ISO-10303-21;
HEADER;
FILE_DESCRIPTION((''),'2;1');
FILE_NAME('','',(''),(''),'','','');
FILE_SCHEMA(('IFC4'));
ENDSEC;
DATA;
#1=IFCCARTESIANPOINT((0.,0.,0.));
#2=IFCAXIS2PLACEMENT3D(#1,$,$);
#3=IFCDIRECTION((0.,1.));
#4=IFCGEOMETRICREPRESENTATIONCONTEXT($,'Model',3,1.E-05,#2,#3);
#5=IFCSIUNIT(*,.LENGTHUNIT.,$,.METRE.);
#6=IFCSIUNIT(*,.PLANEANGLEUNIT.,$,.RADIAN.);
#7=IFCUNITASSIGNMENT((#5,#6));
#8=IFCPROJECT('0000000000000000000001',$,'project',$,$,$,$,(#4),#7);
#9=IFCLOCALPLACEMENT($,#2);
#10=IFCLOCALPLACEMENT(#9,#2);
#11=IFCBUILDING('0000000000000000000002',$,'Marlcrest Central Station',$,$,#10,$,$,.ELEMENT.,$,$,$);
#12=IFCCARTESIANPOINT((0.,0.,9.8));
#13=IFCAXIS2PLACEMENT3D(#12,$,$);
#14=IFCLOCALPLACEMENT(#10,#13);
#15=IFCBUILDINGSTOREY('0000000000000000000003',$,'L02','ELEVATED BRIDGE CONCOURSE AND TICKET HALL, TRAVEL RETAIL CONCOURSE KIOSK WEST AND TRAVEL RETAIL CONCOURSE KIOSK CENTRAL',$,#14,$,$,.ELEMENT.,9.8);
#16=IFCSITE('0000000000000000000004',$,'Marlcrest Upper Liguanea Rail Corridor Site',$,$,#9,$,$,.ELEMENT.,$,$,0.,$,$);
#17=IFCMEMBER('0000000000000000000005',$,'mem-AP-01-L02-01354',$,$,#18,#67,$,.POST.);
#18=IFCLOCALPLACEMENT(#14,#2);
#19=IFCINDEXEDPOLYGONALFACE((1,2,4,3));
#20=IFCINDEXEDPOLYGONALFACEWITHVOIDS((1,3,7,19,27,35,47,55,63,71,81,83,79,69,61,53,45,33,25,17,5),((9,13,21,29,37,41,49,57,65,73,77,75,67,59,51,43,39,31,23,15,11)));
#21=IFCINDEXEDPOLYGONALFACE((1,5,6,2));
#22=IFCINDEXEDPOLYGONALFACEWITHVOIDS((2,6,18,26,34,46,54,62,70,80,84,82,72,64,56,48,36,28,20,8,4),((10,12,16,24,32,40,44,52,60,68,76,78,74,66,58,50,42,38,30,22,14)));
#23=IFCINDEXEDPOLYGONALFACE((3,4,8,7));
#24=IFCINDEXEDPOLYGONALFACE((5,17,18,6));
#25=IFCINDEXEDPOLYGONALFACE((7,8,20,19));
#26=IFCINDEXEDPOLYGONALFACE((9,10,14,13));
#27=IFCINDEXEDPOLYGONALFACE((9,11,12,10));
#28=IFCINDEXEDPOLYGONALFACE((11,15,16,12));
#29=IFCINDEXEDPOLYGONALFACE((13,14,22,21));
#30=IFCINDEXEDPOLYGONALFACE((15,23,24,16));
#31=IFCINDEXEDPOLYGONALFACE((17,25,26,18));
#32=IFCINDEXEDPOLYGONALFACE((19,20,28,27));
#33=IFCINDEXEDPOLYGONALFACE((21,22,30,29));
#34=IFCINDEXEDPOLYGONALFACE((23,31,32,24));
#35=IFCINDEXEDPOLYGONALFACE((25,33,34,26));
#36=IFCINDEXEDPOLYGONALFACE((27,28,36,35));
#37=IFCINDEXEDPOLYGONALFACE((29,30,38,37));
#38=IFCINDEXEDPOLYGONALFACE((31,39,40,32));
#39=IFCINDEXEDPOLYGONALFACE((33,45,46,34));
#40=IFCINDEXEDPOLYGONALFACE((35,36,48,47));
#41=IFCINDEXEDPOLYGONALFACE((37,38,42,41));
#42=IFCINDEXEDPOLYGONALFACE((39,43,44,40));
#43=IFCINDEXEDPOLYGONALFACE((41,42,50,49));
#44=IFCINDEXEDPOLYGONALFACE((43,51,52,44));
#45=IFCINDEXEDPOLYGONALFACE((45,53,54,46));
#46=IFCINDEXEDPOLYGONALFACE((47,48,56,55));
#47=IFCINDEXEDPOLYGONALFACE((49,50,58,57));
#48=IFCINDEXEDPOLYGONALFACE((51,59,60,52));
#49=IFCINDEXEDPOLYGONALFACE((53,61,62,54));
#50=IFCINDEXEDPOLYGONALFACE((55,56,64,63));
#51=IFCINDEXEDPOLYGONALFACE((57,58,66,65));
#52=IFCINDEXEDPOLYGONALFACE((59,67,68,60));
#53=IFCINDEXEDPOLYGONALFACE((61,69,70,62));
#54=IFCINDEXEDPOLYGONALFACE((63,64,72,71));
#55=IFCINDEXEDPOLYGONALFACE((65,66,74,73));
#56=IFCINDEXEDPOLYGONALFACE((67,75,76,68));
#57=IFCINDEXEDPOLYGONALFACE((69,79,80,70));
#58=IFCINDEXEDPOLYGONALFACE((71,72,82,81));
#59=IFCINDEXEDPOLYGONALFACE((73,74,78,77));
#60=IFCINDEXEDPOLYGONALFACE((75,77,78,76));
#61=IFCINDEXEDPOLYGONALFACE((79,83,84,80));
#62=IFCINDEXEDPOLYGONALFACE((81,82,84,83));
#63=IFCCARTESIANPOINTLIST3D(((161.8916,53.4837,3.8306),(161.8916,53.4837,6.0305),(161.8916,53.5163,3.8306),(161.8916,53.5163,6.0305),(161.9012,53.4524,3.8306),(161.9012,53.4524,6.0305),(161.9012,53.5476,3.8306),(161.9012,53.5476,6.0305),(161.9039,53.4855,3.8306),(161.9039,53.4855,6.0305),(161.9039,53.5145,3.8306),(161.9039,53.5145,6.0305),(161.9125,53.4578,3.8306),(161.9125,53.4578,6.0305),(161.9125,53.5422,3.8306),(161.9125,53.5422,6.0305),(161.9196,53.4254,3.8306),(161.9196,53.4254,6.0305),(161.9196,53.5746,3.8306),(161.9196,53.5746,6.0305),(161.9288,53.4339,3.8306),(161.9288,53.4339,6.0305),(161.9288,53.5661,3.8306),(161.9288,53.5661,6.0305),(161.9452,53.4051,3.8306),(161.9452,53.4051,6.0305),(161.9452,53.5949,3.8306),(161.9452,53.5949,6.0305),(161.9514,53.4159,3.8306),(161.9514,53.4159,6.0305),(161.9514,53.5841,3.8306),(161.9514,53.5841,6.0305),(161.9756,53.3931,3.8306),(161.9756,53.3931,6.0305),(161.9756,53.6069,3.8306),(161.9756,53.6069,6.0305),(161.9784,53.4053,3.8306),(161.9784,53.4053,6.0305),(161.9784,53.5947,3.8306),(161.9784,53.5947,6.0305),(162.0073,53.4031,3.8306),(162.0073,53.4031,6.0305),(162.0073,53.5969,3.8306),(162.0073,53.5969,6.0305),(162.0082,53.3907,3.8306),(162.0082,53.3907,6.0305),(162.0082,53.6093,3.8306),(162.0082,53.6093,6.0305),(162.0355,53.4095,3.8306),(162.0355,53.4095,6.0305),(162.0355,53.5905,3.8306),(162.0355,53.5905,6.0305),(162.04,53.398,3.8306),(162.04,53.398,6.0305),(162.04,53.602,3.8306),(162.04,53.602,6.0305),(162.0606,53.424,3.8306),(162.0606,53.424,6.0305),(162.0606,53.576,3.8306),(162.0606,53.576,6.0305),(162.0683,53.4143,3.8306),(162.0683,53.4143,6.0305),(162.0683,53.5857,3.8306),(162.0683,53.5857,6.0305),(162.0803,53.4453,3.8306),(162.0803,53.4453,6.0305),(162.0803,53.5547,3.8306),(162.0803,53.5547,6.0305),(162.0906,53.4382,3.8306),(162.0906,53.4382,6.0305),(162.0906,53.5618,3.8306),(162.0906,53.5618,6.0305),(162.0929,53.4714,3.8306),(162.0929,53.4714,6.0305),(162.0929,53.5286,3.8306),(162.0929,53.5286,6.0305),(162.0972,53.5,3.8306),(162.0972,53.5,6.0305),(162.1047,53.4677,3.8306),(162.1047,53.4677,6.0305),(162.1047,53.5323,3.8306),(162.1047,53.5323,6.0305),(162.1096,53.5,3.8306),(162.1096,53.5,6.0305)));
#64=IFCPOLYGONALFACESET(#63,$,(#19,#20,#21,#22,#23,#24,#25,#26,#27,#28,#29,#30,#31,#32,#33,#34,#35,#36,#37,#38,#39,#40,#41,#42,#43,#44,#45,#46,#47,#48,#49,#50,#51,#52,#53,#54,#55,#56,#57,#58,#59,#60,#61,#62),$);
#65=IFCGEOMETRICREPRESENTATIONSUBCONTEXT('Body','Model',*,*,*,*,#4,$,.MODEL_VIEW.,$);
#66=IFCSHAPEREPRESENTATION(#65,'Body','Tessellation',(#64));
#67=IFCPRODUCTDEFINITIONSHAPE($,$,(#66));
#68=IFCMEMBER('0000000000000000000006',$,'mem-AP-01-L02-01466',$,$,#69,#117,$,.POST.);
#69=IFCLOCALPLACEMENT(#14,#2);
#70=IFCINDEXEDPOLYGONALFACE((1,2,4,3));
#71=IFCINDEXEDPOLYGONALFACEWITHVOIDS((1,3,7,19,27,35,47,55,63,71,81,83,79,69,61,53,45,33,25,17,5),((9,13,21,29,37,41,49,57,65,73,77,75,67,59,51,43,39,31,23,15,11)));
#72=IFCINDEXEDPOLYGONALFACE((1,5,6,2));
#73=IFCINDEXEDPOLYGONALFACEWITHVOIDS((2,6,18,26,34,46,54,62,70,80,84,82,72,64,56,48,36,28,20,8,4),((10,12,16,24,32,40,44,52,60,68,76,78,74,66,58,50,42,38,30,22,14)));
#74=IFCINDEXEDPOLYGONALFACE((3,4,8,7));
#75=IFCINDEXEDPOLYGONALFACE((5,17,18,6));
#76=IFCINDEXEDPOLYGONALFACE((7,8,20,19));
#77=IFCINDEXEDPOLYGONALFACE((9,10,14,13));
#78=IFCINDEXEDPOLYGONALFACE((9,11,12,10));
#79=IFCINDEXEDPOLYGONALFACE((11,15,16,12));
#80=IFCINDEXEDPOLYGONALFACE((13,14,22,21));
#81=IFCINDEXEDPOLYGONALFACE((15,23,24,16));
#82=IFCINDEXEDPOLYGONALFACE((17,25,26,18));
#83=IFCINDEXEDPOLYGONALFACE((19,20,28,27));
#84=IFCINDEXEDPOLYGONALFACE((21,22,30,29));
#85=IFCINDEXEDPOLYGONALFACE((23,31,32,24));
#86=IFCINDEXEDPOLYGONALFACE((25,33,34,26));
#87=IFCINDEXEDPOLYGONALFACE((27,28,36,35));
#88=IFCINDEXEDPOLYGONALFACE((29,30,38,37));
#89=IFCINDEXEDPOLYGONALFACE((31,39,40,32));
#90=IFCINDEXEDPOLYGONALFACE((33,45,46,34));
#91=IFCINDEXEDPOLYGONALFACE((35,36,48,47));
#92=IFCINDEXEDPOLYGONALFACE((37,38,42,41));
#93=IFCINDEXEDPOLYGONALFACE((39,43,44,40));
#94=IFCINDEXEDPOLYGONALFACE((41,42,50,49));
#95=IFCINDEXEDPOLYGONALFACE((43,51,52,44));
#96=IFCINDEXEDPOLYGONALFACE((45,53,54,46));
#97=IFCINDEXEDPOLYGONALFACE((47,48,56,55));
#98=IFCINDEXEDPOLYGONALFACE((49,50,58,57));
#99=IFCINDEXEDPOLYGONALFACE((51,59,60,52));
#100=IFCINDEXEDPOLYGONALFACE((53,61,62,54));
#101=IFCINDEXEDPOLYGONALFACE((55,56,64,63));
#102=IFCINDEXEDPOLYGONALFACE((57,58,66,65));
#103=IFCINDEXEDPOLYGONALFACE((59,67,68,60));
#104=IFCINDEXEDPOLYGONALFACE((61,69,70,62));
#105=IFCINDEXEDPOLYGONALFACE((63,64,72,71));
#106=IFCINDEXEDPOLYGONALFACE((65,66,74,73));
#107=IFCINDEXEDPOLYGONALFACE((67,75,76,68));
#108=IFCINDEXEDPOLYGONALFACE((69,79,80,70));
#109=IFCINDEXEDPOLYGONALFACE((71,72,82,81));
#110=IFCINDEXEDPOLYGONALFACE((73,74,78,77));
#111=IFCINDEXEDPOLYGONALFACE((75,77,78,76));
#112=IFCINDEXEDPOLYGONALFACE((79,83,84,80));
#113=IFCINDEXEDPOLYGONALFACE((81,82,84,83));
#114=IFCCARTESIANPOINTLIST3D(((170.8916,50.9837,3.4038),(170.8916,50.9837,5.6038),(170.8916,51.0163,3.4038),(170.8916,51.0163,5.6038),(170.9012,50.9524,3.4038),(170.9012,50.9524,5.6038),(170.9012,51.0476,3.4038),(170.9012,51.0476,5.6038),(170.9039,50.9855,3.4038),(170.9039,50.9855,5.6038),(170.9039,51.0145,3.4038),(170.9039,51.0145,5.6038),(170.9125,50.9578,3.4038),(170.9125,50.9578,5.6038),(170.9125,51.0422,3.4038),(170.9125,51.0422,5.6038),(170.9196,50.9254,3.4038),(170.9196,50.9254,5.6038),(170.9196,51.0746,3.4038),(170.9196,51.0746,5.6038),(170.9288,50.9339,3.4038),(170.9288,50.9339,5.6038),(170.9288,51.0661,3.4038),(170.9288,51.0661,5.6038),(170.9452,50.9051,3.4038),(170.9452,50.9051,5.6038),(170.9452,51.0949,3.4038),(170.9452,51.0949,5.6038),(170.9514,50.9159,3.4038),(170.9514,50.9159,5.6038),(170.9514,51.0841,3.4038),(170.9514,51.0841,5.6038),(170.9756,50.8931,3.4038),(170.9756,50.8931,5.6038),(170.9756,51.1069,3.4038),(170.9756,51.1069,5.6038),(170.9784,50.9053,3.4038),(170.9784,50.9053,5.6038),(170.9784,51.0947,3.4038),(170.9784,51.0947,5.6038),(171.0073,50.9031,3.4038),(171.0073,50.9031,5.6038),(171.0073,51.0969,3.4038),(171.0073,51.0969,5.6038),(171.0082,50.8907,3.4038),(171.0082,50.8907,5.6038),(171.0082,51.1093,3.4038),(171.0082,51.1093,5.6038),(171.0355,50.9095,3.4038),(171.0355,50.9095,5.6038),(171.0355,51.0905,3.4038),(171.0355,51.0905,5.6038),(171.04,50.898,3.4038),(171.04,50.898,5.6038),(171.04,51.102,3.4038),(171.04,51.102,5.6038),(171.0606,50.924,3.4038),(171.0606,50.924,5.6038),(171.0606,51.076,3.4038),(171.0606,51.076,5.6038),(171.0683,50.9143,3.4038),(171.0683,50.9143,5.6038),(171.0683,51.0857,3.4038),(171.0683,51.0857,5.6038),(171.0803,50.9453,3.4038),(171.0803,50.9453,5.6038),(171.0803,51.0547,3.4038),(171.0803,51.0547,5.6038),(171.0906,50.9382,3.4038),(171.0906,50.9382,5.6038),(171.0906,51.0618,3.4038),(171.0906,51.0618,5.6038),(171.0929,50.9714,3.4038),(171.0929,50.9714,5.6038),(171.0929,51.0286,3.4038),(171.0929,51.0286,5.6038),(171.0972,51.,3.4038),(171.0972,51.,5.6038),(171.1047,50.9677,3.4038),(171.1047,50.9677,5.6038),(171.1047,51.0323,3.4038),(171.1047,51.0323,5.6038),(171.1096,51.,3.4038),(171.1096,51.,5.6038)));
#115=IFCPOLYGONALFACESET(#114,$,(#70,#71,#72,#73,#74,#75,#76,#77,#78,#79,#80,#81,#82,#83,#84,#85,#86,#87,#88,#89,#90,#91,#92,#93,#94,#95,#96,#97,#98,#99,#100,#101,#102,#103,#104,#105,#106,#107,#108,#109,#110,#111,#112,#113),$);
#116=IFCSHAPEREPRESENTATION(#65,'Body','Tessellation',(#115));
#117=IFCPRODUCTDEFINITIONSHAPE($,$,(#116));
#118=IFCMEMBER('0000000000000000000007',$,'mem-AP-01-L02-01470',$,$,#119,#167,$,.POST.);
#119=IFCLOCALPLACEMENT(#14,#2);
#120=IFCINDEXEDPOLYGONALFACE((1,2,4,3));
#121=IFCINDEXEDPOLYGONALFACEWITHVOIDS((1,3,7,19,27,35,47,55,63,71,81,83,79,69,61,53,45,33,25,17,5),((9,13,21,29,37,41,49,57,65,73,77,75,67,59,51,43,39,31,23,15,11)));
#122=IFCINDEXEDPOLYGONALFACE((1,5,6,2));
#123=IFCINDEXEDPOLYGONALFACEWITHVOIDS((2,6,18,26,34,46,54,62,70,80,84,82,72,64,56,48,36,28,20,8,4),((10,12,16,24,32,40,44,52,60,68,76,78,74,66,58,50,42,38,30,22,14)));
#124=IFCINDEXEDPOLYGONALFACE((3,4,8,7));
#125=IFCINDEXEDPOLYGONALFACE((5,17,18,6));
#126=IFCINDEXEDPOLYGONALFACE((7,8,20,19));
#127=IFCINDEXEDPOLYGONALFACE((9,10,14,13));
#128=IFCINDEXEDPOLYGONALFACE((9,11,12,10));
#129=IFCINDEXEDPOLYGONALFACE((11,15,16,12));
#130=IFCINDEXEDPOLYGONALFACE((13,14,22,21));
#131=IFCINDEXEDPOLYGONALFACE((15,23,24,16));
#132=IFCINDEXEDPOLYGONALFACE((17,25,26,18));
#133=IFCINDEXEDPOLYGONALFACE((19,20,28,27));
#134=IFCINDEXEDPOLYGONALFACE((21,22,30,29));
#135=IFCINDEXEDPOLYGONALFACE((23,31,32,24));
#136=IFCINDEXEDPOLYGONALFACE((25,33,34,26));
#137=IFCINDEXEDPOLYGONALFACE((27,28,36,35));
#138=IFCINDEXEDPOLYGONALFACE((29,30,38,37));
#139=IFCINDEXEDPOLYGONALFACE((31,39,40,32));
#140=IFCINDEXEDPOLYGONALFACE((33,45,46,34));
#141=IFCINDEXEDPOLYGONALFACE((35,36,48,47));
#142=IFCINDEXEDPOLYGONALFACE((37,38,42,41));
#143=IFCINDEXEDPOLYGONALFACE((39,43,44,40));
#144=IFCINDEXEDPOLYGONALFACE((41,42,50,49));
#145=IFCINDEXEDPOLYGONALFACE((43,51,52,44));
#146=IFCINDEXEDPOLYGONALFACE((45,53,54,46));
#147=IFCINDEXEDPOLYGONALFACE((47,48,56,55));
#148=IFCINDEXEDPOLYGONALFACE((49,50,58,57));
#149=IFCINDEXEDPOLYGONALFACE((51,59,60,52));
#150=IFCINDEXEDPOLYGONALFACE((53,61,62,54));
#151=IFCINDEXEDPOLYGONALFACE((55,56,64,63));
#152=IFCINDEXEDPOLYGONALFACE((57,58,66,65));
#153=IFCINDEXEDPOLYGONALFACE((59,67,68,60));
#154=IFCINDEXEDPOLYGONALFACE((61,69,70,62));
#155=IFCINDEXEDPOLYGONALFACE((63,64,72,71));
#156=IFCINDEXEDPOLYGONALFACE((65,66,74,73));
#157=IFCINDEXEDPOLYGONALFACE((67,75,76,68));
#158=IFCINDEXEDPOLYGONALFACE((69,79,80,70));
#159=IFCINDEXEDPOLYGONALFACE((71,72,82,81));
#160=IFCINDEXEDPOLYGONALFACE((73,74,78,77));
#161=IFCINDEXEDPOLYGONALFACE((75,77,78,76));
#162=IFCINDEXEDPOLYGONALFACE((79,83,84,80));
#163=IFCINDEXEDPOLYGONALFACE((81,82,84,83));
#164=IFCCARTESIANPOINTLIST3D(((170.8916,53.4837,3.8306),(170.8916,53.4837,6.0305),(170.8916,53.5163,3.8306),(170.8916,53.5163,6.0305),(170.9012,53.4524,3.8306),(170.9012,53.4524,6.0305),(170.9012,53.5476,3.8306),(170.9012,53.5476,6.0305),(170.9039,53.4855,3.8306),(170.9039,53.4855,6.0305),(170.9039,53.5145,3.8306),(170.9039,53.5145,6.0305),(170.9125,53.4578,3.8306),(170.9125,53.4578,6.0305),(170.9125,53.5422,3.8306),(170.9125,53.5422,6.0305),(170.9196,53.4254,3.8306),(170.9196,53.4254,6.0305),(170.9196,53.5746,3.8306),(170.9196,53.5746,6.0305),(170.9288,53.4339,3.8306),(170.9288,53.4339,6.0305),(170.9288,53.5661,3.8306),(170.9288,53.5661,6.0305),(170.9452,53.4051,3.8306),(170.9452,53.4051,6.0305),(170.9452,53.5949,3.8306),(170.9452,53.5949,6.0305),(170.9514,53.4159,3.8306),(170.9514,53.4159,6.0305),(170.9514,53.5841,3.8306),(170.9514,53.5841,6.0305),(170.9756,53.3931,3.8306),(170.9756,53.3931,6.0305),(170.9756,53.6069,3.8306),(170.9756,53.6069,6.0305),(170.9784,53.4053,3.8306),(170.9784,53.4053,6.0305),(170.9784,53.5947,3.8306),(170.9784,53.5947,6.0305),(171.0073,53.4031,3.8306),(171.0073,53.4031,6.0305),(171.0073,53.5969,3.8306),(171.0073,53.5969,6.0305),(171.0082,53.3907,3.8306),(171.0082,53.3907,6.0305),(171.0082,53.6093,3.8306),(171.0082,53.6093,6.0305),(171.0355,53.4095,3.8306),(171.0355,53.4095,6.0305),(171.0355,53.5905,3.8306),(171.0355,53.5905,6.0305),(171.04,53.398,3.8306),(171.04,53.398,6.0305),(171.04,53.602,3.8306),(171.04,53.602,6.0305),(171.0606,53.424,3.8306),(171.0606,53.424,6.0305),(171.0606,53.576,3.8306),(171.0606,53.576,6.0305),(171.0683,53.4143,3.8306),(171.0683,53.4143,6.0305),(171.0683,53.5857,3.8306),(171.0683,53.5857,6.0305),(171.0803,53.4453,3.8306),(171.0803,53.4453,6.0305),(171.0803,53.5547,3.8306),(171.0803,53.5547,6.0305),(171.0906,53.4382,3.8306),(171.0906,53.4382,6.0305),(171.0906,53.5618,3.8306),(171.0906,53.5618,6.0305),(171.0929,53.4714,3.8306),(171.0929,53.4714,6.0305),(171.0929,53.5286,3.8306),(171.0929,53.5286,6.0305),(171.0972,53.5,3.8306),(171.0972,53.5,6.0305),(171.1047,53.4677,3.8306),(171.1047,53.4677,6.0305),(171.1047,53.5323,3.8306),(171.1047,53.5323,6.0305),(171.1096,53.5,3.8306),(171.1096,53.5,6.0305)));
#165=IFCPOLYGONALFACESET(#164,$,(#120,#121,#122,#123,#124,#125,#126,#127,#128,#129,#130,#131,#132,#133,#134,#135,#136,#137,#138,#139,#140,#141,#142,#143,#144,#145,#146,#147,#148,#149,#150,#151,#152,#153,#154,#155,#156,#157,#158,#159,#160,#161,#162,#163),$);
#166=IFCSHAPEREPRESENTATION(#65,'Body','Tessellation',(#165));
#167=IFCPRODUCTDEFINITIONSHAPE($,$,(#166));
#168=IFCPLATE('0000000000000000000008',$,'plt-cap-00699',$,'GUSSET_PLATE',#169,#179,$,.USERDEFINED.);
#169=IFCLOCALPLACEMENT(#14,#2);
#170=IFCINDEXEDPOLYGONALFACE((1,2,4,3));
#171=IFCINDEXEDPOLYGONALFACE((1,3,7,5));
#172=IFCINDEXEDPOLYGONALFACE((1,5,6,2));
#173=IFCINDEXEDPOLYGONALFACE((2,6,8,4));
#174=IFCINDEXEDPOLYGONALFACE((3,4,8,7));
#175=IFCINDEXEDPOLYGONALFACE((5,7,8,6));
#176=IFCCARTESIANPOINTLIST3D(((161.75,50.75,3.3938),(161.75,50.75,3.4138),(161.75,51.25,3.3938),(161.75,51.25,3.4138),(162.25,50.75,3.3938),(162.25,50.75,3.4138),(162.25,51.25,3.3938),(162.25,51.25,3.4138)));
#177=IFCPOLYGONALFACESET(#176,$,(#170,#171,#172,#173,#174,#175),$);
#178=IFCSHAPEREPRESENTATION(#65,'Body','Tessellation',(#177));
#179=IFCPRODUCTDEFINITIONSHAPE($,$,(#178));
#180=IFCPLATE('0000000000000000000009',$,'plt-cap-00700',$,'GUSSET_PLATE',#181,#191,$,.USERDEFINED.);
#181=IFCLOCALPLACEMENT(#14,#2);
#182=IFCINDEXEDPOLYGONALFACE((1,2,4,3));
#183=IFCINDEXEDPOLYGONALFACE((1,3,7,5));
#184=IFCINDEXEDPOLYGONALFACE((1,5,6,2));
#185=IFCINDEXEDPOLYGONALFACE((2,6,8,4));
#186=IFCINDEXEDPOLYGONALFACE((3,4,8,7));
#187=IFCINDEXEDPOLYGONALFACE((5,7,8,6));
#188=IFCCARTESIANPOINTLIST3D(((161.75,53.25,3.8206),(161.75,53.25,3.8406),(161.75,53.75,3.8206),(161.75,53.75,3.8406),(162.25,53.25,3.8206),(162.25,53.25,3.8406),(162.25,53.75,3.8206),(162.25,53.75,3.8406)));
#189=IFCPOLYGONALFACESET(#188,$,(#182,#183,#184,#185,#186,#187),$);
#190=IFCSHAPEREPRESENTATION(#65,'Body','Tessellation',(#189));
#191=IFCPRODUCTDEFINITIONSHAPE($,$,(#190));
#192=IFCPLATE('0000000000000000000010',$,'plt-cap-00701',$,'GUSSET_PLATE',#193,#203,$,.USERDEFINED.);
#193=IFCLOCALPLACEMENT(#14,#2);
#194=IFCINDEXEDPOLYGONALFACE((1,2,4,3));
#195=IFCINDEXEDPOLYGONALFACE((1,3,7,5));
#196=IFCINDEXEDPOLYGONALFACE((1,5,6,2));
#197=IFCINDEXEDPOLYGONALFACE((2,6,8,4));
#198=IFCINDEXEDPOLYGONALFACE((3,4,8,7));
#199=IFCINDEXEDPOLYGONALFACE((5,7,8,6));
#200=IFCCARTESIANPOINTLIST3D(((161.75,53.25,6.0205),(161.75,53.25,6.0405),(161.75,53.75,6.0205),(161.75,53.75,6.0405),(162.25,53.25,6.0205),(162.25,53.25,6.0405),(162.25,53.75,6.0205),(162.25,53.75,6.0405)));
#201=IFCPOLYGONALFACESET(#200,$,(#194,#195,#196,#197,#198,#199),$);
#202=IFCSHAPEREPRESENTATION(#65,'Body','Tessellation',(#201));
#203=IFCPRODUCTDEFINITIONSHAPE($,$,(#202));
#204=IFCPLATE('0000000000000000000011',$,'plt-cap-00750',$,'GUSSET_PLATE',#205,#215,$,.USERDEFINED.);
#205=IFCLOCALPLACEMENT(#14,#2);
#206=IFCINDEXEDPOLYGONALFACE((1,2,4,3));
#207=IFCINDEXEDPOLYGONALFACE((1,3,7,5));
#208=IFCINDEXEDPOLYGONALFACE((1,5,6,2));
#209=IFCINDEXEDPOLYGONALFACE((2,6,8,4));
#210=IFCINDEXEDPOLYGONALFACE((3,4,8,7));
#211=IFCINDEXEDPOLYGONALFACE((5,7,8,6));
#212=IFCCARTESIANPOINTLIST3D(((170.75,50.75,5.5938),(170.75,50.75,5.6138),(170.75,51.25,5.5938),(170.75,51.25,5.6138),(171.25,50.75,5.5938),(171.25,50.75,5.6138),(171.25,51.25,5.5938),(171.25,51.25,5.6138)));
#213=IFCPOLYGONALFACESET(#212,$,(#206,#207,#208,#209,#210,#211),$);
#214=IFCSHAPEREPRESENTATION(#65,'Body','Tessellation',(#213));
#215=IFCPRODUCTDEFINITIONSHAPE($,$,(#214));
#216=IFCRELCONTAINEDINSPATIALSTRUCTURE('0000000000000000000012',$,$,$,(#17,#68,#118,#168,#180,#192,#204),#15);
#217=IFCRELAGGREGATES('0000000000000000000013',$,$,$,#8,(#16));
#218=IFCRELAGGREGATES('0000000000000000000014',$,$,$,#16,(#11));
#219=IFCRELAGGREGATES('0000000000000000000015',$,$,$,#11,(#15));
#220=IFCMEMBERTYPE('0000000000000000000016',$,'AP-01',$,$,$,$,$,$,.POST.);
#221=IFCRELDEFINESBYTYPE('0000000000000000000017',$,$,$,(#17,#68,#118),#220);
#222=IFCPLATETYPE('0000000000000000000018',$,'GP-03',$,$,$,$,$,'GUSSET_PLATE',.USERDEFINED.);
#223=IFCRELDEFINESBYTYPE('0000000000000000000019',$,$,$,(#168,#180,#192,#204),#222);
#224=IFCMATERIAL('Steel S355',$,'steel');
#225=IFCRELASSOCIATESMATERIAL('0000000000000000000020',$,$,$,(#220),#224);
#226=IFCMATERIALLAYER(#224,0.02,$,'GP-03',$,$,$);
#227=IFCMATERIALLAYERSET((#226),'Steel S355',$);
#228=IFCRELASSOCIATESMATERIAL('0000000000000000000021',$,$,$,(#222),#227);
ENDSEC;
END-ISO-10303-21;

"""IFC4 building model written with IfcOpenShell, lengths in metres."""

from ifc_helpers import new_model, si_unit, direction, frame, origin, origin_2d, place, context, subcontext, project, spatial, rectangle, hollow_circle, extrude, material, layer, layer_set, material_profile, profile_set, type_object, element, save


model = new_model("IFC4")

# Units and contexts
model_context = context("Model", 3, precision=1e-05, world=origin(), true_north=direction((0.0, 1.0)))
body_context = subcontext(model_context, "Body", "Model", "MODEL_VIEW")
ifc_project = project(units=[si_unit("LENGTHUNIT", "METRE"), si_unit("PLANEANGLEUNIT", "RADIAN")], contexts=[model_context])

# Site, building, storey
site_placement = place(None, origin())
site = spatial("IfcSite", under=ifc_project, at=site_placement, Name="Marlcrest Upper Liguanea Rail Corridor Site", CompositionType="ELEMENT", RefElevation=0.0)
building_placement = place(site_placement, origin())
building = spatial("IfcBuilding", under=site, at=building_placement, Name="Marlcrest Central Station", CompositionType="ELEMENT")
storey_placement = place(building_placement, frame((0.0, 0.0, 9.8)))
storey = spatial("IfcBuildingStorey", under=building, at=storey_placement, Name="L02", Description="ELEVATED BRIDGE CONCOURSE AND TICKET HALL, TRAVEL RETAIL CONCOURSE KIOSK WEST AND TRAVEL RETAIL CONCOURSE KIOSK CENTRAL", CompositionType="ELEMENT", Elevation=9.8)

# Members
ifc_material = material(Name="Steel S355", Category="steel")
ifc_material_profile_1 = material_profile(ifc_material, hollow_circle(Radius=0.1096, WallThickness=0.0125, at=origin_2d()), Name="CHS 219.1x12.5")
ifc_profile_set_1 = profile_set([ifc_material_profile_1], Name="Steel S355")
member_type_1 = type_object("IfcMemberType", Name="AP-01", PredefinedType="POST", material=ifc_profile_set_1)
for number, where, z_axis, x_axis, name in (
    (1, (162.0, 53.5, 3.8306), (0.0, 0.0, 1.0), (1.0, 0.0, 0.0), "mem-AP-01-L02-01354"),
    (2, (171.0, 51.0, 3.4038), (0.0, 0.0, 1.0), (1.0, 0.0, 0.0), "mem-AP-01-L02-01466"),
    (3, (171.0, 53.5, 3.8306), (0.0, 0.0, 1.0), (1.0, 0.0, 0.0), "mem-AP-01-L02-01470"),
):
    element("IfcMember", number, at=place(storey_placement, frame(where, z_axis=z_axis, x_axis=x_axis)), inside=storey, type_object=member_type_1, Name=name, PredefinedType="POST", context=body_context, shape_type="SweptSolid", body=[
        extrude(hollow_circle(Radius=0.1096, WallThickness=0.0125, at=origin_2d()), origin(), (0.0, 0.0, 1.0), 2.2),
    ])

# Plates
ifc_layer = layer(ifc_material, 0.02, Name="GP-03")
ifc_layer_set = layer_set([ifc_layer], Name="Steel S355")
plate_type = type_object("IfcPlateType", Name="GP-03", ElementType="GUSSET_PLATE", PredefinedType="USERDEFINED", material=ifc_layer_set)
for number, where, z_axis, x_axis, name in (
    (4, (162.0, 51.0, 3.3938), (0.0, 0.0, 1.0), (1.0, 0.0, 0.0), "plt-cap-00699"),
    (5, (162.0, 53.5, 3.8206), (0.0, 0.0, 1.0), (1.0, 0.0, 0.0), "plt-cap-00700"),
    (6, (162.0, 53.5, 6.0205), (0.0, 0.0, 1.0), (1.0, 0.0, 0.0), "plt-cap-00701"),
    (7, (171.0, 51.0, 5.5938), (0.0, 0.0, 1.0), (1.0, 0.0, 0.0), "plt-cap-00750"),
):
    element("IfcPlate", number, at=place(storey_placement, frame(where, z_axis=z_axis, x_axis=x_axis)), inside=storey, type_object=plate_type, Name=name, ObjectType="GUSSET_PLATE", PredefinedType="USERDEFINED", context=body_context, shape_type="SweptSolid", body=[
        extrude(rectangle(XDim=0.5, YDim=0.5, at=origin_2d()), origin(), (0.0, 0.0, 1.0), 0.02),
    ])

save(model, "model.ifc")
